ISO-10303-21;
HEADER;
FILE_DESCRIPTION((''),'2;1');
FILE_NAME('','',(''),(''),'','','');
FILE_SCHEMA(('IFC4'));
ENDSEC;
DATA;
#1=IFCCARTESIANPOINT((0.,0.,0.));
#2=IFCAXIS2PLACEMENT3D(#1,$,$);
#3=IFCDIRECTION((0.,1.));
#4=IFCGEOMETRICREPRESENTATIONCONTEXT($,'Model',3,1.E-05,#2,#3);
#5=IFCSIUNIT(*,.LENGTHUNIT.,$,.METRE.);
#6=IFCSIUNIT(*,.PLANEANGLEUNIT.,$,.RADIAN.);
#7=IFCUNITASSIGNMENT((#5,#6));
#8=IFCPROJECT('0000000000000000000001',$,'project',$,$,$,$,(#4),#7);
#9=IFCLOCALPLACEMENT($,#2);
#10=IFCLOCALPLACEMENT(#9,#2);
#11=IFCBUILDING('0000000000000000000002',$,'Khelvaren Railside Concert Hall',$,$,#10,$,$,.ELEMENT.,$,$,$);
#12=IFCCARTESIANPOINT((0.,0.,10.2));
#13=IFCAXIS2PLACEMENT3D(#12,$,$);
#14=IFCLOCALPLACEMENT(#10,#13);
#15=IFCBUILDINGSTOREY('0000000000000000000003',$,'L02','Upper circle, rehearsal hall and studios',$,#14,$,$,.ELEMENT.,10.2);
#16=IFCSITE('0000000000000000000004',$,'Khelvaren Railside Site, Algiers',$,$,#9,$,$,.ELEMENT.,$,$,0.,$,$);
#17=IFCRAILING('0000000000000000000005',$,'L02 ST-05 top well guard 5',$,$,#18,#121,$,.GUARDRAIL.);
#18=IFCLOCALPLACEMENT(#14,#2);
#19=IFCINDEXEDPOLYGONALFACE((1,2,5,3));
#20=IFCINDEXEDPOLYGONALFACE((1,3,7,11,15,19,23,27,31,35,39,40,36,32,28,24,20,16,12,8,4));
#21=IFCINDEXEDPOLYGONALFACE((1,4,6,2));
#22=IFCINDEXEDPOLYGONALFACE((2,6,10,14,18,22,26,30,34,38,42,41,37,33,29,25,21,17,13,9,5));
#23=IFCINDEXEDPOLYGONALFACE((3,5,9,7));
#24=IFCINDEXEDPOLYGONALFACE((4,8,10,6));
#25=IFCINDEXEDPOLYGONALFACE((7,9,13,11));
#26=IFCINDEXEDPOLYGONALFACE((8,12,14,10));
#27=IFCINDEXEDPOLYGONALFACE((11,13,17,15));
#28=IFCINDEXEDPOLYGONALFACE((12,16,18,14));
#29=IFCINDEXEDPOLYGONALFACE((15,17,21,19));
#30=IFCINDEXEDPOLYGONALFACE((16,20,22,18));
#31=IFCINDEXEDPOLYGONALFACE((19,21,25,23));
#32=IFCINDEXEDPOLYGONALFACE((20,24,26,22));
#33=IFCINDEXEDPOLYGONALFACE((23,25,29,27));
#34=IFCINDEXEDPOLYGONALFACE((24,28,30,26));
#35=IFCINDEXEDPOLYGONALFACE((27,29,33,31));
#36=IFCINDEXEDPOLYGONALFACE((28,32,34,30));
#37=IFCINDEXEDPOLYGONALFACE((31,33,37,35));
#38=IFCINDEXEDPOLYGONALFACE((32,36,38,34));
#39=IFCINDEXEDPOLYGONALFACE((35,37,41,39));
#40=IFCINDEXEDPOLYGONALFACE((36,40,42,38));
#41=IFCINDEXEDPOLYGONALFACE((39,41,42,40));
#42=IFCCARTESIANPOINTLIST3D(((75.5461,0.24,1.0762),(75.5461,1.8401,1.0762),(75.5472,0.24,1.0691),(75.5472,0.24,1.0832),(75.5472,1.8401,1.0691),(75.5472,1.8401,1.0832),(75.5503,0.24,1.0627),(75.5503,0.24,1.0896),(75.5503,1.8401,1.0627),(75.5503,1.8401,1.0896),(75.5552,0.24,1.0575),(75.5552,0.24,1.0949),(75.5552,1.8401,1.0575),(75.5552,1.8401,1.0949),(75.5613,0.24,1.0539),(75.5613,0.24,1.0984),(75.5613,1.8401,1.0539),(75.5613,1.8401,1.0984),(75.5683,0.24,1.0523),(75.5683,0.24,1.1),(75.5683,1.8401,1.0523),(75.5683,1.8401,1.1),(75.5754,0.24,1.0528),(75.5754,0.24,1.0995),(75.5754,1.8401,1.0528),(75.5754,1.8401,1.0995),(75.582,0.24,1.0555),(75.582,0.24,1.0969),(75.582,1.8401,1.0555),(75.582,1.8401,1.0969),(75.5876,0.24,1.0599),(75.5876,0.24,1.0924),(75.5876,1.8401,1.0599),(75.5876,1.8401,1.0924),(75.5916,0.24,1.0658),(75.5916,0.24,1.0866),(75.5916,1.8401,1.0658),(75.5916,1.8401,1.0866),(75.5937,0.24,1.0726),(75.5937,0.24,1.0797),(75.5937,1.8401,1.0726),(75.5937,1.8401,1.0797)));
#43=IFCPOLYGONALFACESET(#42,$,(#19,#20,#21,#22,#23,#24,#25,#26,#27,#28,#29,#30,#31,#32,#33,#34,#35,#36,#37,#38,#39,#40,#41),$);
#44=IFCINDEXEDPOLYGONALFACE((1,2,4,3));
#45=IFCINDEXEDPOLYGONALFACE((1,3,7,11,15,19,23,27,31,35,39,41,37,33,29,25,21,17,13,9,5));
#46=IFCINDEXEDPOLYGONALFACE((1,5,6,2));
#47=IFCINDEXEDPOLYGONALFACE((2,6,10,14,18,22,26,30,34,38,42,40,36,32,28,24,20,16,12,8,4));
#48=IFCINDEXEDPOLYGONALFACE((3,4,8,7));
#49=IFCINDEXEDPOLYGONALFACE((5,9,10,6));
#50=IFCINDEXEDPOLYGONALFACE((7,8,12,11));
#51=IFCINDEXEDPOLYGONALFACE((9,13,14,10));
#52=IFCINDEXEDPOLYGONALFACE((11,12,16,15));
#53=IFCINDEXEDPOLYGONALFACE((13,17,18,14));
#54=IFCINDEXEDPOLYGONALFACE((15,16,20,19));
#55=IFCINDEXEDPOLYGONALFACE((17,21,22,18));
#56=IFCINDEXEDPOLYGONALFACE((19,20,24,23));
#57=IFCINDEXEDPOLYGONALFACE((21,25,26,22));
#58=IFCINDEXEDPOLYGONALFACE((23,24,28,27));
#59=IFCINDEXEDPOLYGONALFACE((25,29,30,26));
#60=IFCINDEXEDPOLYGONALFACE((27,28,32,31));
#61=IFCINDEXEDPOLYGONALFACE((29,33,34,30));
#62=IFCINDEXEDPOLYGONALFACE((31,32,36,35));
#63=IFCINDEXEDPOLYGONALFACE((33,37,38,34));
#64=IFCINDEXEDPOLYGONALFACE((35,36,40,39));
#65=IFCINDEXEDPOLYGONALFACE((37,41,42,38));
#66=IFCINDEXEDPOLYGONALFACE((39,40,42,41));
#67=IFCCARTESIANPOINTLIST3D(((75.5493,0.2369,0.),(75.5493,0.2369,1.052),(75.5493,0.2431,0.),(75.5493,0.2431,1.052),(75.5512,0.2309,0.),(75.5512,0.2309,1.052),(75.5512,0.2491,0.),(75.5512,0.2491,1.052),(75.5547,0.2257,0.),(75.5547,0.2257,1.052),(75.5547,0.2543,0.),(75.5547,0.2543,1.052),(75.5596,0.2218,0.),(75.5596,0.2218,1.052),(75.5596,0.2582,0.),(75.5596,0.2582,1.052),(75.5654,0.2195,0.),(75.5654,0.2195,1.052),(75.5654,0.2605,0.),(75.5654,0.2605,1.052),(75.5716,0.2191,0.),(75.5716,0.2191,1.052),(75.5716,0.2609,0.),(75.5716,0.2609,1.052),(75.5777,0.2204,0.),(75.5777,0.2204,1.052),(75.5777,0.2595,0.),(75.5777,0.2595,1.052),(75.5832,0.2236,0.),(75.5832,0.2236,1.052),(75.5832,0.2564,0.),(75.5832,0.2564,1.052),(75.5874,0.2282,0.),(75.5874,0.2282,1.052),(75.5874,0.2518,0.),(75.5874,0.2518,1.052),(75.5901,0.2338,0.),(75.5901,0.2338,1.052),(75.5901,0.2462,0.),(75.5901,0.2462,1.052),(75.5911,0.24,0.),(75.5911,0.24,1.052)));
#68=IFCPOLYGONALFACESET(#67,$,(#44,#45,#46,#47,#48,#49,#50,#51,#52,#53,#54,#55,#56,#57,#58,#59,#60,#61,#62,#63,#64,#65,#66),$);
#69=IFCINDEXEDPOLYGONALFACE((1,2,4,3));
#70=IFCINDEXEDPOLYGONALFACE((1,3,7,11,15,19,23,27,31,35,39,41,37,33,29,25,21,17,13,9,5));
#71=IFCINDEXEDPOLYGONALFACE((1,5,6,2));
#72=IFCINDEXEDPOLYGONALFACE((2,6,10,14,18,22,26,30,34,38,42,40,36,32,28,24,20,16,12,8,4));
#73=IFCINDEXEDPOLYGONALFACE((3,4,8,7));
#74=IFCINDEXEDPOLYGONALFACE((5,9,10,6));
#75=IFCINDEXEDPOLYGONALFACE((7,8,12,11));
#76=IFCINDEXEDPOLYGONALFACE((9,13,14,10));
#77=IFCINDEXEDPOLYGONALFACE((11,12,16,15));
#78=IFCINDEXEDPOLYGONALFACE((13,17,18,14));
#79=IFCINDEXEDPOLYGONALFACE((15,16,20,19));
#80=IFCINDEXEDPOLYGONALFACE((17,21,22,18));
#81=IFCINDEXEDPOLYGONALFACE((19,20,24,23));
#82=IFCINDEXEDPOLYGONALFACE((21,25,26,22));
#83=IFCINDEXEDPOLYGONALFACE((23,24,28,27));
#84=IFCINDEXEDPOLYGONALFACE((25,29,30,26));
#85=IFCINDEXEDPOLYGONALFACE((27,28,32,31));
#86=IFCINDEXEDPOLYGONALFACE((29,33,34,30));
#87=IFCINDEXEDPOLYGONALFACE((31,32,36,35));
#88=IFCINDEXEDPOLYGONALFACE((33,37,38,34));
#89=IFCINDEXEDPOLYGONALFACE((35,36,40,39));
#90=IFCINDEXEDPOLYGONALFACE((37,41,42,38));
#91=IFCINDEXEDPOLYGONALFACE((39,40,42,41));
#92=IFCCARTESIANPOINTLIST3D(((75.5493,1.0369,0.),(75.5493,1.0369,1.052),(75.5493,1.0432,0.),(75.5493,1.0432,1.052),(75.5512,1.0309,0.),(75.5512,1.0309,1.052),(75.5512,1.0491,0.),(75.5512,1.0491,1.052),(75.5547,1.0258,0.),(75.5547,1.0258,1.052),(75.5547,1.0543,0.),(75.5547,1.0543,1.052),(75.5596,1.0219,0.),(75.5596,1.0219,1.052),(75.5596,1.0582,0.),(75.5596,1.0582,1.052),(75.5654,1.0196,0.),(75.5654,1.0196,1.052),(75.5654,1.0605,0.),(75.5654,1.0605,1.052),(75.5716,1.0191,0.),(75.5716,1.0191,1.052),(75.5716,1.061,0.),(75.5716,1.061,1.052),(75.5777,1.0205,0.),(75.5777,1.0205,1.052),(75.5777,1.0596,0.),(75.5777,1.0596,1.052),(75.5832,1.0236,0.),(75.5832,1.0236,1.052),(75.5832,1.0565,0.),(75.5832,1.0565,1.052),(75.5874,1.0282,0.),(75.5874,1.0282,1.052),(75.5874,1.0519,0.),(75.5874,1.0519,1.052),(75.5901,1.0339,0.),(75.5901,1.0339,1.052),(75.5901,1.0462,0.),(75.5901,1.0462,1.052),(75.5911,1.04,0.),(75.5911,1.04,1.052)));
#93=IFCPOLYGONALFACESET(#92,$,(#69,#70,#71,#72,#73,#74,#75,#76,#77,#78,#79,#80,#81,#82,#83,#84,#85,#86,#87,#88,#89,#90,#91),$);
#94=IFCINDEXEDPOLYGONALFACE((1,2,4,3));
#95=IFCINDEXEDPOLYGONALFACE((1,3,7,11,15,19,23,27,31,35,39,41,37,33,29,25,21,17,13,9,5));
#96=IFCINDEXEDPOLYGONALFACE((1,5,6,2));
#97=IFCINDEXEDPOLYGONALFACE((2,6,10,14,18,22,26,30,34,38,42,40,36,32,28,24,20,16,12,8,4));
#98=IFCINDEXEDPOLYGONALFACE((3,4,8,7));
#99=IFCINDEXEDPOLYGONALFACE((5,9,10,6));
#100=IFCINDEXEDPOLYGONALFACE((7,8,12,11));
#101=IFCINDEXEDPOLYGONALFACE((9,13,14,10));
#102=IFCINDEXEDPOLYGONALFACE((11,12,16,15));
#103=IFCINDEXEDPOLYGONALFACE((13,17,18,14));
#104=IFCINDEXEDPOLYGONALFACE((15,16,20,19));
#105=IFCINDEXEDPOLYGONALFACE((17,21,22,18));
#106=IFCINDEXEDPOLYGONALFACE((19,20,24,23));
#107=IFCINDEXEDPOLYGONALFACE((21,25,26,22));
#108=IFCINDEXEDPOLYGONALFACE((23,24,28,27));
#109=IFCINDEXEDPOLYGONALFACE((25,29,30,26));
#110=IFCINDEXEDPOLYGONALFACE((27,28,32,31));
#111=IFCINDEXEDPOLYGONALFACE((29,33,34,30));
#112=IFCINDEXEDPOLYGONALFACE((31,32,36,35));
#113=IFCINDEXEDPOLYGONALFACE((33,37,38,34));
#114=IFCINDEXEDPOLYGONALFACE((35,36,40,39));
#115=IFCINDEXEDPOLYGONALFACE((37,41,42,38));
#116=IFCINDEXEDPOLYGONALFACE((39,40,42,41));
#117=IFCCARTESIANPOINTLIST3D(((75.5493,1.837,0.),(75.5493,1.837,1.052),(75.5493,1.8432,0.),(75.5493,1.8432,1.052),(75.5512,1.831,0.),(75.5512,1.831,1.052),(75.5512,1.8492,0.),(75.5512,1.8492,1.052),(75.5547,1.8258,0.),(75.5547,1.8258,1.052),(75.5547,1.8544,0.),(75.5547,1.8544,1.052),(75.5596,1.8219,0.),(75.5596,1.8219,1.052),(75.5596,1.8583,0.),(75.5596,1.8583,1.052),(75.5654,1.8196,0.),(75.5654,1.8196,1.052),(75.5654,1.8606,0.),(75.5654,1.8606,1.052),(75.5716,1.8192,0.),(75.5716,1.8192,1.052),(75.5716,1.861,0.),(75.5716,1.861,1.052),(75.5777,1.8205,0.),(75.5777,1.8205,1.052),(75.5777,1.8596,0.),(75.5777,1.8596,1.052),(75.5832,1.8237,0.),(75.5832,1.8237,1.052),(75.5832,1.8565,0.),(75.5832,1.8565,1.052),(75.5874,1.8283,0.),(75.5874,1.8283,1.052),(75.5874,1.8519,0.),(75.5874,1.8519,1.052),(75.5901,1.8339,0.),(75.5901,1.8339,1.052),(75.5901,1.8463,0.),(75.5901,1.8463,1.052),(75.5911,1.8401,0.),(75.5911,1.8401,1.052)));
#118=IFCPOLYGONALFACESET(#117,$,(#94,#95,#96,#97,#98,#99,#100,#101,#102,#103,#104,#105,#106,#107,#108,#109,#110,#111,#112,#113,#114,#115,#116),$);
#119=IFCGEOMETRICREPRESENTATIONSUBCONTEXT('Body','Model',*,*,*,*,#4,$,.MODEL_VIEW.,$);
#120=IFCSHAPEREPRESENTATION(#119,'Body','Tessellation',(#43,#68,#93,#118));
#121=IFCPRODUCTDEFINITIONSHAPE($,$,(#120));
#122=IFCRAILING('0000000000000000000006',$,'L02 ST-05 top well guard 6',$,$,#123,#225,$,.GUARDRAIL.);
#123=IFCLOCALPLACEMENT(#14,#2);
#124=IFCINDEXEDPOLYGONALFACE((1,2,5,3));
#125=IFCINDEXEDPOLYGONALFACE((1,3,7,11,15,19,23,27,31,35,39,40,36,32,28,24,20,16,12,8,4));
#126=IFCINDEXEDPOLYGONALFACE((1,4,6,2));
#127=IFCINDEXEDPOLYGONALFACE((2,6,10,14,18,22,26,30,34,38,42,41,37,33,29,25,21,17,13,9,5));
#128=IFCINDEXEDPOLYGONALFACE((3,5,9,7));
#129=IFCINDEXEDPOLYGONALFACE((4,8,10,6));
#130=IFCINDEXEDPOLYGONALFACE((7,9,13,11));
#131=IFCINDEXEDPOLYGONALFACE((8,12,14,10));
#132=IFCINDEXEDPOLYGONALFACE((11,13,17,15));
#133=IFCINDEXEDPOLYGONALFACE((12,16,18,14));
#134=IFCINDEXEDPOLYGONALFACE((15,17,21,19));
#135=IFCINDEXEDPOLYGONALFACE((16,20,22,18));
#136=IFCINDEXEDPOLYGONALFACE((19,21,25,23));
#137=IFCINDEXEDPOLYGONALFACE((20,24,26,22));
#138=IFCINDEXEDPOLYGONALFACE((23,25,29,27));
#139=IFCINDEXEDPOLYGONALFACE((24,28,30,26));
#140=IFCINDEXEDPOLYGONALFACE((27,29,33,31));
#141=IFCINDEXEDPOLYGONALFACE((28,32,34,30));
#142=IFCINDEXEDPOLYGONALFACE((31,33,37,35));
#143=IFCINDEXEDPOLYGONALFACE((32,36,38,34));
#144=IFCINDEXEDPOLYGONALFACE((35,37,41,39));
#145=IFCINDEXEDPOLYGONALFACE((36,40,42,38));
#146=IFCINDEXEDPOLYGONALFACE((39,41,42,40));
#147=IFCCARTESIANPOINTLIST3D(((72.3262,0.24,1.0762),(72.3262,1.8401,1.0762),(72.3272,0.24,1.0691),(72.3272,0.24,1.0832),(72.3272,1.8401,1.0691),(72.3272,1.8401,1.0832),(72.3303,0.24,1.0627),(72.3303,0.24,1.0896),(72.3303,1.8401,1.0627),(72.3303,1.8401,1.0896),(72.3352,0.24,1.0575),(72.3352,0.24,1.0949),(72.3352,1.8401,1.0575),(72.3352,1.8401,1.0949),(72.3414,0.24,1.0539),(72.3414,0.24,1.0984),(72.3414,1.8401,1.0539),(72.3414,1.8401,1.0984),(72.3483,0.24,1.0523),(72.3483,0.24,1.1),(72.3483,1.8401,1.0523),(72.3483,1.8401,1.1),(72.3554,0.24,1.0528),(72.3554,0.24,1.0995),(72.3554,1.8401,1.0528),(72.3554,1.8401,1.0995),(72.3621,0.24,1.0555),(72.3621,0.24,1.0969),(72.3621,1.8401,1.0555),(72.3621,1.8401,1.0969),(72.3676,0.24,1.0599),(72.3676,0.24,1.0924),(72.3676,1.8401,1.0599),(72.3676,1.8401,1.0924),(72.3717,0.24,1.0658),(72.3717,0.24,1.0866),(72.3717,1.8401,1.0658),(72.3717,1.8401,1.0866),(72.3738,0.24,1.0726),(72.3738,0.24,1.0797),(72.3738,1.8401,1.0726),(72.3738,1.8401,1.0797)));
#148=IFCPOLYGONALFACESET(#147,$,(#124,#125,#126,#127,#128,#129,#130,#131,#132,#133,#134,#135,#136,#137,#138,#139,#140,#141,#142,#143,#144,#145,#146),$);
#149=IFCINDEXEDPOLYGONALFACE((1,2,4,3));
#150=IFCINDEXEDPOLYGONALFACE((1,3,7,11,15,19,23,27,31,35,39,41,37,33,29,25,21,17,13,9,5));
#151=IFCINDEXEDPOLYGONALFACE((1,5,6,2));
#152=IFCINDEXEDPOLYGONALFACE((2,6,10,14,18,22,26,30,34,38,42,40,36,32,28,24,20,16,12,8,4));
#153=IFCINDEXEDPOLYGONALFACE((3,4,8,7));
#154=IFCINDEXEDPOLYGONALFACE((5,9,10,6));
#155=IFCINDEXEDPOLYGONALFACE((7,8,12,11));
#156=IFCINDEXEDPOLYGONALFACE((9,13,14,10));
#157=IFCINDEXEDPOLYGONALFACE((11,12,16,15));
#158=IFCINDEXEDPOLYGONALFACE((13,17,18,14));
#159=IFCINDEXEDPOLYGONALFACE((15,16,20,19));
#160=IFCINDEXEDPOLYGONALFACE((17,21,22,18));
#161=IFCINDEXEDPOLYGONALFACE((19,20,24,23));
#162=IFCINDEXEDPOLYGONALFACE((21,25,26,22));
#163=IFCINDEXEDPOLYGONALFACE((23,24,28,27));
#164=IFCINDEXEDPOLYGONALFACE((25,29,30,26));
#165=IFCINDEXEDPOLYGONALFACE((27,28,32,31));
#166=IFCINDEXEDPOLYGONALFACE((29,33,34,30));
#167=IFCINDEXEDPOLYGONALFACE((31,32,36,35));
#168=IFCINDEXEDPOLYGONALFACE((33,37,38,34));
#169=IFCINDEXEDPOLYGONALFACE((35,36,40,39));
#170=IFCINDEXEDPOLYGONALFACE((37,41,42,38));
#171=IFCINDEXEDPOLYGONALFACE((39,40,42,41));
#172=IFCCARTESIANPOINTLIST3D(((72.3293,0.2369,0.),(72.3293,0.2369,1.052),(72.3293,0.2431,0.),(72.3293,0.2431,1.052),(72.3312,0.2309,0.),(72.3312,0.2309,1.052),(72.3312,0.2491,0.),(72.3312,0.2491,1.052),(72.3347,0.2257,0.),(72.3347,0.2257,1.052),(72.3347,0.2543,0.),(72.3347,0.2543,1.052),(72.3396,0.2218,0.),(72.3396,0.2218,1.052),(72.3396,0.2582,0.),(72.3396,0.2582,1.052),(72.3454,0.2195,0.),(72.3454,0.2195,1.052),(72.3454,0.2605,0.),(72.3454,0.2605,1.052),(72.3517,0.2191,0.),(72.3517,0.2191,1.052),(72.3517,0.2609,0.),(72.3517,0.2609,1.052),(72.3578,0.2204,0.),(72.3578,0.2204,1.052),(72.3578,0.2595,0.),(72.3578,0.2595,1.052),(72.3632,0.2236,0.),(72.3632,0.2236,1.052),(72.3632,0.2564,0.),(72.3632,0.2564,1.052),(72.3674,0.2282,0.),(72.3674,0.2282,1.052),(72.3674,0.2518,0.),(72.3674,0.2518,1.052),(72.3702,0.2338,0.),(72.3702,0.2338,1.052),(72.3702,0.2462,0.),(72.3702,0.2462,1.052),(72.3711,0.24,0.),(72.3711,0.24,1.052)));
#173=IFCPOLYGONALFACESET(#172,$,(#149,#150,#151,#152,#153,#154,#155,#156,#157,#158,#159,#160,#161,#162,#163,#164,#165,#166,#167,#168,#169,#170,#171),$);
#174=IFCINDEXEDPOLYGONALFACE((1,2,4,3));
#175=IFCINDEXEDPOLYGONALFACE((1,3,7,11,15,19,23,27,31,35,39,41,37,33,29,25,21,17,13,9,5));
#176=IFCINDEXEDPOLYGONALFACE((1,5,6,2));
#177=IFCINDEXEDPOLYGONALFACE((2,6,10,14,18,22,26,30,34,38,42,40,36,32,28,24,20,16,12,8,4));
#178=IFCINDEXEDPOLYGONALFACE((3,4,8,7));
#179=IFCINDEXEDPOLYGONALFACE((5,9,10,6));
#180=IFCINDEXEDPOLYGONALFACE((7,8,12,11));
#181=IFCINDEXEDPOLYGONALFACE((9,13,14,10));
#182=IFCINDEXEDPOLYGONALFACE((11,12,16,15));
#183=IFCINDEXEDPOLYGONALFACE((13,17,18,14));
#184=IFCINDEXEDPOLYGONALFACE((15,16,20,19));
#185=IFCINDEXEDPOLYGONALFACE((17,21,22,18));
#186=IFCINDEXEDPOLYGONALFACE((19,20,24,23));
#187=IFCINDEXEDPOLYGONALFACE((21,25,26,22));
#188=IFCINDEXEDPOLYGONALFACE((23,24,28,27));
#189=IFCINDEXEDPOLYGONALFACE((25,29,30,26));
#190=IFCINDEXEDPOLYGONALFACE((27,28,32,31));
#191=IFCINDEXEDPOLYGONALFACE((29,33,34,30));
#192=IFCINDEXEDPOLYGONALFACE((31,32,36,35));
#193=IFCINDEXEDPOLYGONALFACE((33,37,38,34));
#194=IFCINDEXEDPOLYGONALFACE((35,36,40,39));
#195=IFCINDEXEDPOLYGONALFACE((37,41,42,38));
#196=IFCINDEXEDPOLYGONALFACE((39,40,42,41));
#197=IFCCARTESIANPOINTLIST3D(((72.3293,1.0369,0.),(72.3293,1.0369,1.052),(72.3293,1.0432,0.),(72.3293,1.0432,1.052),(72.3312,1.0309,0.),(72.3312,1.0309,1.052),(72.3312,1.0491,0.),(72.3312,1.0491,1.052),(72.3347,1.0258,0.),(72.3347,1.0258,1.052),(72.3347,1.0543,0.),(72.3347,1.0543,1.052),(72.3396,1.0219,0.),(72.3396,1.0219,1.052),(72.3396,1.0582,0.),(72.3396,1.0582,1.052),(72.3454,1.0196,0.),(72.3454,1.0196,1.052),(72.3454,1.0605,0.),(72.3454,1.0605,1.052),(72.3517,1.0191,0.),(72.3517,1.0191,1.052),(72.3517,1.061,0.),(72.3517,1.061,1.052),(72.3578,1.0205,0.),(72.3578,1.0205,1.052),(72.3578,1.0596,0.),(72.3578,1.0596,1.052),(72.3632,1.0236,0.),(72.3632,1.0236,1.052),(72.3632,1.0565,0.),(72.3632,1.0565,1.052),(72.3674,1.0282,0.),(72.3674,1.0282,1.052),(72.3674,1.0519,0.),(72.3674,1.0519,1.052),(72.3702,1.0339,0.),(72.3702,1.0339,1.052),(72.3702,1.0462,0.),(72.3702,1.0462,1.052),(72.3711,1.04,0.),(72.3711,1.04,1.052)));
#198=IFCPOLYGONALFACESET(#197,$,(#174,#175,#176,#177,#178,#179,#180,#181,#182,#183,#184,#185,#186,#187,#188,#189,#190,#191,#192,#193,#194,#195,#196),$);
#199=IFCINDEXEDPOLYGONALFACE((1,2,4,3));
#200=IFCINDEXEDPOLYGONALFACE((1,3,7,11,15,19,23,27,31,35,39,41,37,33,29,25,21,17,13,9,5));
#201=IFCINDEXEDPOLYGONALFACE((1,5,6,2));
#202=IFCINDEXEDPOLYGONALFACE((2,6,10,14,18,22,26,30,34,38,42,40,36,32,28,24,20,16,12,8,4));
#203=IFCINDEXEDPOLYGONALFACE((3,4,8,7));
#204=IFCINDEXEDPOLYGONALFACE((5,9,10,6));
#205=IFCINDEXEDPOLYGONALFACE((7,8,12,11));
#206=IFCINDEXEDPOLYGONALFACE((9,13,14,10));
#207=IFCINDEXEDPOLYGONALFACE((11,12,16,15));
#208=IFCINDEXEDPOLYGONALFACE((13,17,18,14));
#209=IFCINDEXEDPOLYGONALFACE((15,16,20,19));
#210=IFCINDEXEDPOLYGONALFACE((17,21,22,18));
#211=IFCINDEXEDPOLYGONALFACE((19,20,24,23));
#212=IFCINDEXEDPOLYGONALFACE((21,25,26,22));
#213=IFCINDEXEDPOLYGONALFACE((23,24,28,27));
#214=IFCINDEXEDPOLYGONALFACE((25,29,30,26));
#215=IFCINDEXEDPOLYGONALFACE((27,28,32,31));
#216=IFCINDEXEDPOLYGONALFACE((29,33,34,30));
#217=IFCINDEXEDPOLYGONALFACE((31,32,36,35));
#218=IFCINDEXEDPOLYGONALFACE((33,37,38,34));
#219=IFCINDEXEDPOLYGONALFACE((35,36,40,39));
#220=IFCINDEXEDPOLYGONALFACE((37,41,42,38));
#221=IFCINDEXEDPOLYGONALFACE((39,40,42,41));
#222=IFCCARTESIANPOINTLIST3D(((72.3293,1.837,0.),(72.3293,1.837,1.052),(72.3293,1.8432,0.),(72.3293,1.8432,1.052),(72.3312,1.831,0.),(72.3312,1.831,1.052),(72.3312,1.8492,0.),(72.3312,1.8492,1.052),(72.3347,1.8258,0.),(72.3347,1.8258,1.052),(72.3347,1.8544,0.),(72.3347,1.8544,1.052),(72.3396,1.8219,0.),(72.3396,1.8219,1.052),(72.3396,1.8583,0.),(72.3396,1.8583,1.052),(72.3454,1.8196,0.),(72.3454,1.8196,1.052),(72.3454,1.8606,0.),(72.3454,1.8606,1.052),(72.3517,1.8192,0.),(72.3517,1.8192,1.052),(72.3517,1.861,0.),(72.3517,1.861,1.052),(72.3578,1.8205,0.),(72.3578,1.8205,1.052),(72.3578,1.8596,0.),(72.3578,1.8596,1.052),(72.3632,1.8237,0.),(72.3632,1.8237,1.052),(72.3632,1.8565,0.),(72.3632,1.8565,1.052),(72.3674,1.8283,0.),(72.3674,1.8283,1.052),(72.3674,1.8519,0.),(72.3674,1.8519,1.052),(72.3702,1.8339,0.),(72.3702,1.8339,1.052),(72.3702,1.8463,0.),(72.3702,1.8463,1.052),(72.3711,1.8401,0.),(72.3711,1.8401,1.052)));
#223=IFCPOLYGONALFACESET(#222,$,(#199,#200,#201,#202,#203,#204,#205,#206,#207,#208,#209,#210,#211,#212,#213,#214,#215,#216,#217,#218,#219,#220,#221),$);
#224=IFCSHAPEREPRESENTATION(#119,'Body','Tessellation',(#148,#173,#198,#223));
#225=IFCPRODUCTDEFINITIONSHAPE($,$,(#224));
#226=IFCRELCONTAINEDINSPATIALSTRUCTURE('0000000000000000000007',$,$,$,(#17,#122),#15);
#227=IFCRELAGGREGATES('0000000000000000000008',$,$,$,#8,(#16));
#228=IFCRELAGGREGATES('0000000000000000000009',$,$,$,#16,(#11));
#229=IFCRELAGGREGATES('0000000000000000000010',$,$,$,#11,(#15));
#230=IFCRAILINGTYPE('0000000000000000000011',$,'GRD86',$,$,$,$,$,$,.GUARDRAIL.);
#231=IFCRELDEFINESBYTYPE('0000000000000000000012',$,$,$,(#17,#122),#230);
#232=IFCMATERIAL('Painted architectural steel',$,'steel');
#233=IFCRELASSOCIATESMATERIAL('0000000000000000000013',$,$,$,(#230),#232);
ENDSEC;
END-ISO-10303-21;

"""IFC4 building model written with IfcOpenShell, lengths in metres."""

from ifc_helpers import new_model, si_unit, direction, frame, origin, origin_2d, place, context, subcontext, project, spatial, circle, extrude, material, type_object, element, save


model = new_model("IFC4")

# Units and contexts
model_context = context("Model", 3, precision=1e-05, world=origin(), true_north=direction((0.0, 1.0)))
body_context = subcontext(model_context, "Body", "Model", "MODEL_VIEW")
ifc_project = project(units=[si_unit("LENGTHUNIT", "METRE"), si_unit("PLANEANGLEUNIT", "RADIAN")], contexts=[model_context])

# Site, building, storey
site_placement = place(None, origin())
site = spatial("IfcSite", under=ifc_project, at=site_placement, Name="Khelvaren Railside Site, Algiers", CompositionType="ELEMENT", RefElevation=0.0)
building_placement = place(site_placement, origin())
building = spatial("IfcBuilding", under=site, at=building_placement, Name="Khelvaren Railside Concert Hall", CompositionType="ELEMENT")
storey_placement = place(building_placement, frame((0.0, 0.0, 10.2)))
storey = spatial("IfcBuildingStorey", under=building, at=storey_placement, Name="L02", Description="Upper circle, rehearsal hall and studios", CompositionType="ELEMENT", Elevation=10.2)

# Railings
ifc_material_1 = material(Name="Painted architectural steel", Category="steel")
railing_type = type_object("IfcRailingType", Name="GRD86", PredefinedType="GUARDRAIL", material=ifc_material_1)
for number, where, name in (
    (1, (75.5701, 0.24, 0.0), "L02 ST-05 top well guard 5"),
    (2, (72.3501, 0.24, 0.0), "L02 ST-05 top well guard 6"),
):
    element("IfcRailing", number, at=place(storey_placement, frame(where)), inside=storey, type_object=railing_type, Name=name, PredefinedType="GUARDRAIL", context=body_context, shape_type="SweptSolid", body=[
        extrude(circle(Radius=0.0239, at=origin_2d()), frame((0.0, 0.0, 1.0762), z_axis=(0.0, 1.0, 0.0), x_axis=(-1.0, 0.0, 0.0)), (0.0, 0.0, 1.0), 1.6001),
        extrude(circle(Radius=0.021, at=origin_2d()), origin(), (0.0, 0.0, 1.0), 1.052),
        extrude(circle(Radius=0.021, at=origin_2d()), frame((0.0, 0.8, 0.0)), (0.0, 0.0, 1.0), 1.052),
        extrude(circle(Radius=0.021, at=origin_2d()), frame((0.0, 1.6001, 0.0)), (0.0, 0.0, 1.0), 1.052),
    ])

save(model, "model.ifc")
